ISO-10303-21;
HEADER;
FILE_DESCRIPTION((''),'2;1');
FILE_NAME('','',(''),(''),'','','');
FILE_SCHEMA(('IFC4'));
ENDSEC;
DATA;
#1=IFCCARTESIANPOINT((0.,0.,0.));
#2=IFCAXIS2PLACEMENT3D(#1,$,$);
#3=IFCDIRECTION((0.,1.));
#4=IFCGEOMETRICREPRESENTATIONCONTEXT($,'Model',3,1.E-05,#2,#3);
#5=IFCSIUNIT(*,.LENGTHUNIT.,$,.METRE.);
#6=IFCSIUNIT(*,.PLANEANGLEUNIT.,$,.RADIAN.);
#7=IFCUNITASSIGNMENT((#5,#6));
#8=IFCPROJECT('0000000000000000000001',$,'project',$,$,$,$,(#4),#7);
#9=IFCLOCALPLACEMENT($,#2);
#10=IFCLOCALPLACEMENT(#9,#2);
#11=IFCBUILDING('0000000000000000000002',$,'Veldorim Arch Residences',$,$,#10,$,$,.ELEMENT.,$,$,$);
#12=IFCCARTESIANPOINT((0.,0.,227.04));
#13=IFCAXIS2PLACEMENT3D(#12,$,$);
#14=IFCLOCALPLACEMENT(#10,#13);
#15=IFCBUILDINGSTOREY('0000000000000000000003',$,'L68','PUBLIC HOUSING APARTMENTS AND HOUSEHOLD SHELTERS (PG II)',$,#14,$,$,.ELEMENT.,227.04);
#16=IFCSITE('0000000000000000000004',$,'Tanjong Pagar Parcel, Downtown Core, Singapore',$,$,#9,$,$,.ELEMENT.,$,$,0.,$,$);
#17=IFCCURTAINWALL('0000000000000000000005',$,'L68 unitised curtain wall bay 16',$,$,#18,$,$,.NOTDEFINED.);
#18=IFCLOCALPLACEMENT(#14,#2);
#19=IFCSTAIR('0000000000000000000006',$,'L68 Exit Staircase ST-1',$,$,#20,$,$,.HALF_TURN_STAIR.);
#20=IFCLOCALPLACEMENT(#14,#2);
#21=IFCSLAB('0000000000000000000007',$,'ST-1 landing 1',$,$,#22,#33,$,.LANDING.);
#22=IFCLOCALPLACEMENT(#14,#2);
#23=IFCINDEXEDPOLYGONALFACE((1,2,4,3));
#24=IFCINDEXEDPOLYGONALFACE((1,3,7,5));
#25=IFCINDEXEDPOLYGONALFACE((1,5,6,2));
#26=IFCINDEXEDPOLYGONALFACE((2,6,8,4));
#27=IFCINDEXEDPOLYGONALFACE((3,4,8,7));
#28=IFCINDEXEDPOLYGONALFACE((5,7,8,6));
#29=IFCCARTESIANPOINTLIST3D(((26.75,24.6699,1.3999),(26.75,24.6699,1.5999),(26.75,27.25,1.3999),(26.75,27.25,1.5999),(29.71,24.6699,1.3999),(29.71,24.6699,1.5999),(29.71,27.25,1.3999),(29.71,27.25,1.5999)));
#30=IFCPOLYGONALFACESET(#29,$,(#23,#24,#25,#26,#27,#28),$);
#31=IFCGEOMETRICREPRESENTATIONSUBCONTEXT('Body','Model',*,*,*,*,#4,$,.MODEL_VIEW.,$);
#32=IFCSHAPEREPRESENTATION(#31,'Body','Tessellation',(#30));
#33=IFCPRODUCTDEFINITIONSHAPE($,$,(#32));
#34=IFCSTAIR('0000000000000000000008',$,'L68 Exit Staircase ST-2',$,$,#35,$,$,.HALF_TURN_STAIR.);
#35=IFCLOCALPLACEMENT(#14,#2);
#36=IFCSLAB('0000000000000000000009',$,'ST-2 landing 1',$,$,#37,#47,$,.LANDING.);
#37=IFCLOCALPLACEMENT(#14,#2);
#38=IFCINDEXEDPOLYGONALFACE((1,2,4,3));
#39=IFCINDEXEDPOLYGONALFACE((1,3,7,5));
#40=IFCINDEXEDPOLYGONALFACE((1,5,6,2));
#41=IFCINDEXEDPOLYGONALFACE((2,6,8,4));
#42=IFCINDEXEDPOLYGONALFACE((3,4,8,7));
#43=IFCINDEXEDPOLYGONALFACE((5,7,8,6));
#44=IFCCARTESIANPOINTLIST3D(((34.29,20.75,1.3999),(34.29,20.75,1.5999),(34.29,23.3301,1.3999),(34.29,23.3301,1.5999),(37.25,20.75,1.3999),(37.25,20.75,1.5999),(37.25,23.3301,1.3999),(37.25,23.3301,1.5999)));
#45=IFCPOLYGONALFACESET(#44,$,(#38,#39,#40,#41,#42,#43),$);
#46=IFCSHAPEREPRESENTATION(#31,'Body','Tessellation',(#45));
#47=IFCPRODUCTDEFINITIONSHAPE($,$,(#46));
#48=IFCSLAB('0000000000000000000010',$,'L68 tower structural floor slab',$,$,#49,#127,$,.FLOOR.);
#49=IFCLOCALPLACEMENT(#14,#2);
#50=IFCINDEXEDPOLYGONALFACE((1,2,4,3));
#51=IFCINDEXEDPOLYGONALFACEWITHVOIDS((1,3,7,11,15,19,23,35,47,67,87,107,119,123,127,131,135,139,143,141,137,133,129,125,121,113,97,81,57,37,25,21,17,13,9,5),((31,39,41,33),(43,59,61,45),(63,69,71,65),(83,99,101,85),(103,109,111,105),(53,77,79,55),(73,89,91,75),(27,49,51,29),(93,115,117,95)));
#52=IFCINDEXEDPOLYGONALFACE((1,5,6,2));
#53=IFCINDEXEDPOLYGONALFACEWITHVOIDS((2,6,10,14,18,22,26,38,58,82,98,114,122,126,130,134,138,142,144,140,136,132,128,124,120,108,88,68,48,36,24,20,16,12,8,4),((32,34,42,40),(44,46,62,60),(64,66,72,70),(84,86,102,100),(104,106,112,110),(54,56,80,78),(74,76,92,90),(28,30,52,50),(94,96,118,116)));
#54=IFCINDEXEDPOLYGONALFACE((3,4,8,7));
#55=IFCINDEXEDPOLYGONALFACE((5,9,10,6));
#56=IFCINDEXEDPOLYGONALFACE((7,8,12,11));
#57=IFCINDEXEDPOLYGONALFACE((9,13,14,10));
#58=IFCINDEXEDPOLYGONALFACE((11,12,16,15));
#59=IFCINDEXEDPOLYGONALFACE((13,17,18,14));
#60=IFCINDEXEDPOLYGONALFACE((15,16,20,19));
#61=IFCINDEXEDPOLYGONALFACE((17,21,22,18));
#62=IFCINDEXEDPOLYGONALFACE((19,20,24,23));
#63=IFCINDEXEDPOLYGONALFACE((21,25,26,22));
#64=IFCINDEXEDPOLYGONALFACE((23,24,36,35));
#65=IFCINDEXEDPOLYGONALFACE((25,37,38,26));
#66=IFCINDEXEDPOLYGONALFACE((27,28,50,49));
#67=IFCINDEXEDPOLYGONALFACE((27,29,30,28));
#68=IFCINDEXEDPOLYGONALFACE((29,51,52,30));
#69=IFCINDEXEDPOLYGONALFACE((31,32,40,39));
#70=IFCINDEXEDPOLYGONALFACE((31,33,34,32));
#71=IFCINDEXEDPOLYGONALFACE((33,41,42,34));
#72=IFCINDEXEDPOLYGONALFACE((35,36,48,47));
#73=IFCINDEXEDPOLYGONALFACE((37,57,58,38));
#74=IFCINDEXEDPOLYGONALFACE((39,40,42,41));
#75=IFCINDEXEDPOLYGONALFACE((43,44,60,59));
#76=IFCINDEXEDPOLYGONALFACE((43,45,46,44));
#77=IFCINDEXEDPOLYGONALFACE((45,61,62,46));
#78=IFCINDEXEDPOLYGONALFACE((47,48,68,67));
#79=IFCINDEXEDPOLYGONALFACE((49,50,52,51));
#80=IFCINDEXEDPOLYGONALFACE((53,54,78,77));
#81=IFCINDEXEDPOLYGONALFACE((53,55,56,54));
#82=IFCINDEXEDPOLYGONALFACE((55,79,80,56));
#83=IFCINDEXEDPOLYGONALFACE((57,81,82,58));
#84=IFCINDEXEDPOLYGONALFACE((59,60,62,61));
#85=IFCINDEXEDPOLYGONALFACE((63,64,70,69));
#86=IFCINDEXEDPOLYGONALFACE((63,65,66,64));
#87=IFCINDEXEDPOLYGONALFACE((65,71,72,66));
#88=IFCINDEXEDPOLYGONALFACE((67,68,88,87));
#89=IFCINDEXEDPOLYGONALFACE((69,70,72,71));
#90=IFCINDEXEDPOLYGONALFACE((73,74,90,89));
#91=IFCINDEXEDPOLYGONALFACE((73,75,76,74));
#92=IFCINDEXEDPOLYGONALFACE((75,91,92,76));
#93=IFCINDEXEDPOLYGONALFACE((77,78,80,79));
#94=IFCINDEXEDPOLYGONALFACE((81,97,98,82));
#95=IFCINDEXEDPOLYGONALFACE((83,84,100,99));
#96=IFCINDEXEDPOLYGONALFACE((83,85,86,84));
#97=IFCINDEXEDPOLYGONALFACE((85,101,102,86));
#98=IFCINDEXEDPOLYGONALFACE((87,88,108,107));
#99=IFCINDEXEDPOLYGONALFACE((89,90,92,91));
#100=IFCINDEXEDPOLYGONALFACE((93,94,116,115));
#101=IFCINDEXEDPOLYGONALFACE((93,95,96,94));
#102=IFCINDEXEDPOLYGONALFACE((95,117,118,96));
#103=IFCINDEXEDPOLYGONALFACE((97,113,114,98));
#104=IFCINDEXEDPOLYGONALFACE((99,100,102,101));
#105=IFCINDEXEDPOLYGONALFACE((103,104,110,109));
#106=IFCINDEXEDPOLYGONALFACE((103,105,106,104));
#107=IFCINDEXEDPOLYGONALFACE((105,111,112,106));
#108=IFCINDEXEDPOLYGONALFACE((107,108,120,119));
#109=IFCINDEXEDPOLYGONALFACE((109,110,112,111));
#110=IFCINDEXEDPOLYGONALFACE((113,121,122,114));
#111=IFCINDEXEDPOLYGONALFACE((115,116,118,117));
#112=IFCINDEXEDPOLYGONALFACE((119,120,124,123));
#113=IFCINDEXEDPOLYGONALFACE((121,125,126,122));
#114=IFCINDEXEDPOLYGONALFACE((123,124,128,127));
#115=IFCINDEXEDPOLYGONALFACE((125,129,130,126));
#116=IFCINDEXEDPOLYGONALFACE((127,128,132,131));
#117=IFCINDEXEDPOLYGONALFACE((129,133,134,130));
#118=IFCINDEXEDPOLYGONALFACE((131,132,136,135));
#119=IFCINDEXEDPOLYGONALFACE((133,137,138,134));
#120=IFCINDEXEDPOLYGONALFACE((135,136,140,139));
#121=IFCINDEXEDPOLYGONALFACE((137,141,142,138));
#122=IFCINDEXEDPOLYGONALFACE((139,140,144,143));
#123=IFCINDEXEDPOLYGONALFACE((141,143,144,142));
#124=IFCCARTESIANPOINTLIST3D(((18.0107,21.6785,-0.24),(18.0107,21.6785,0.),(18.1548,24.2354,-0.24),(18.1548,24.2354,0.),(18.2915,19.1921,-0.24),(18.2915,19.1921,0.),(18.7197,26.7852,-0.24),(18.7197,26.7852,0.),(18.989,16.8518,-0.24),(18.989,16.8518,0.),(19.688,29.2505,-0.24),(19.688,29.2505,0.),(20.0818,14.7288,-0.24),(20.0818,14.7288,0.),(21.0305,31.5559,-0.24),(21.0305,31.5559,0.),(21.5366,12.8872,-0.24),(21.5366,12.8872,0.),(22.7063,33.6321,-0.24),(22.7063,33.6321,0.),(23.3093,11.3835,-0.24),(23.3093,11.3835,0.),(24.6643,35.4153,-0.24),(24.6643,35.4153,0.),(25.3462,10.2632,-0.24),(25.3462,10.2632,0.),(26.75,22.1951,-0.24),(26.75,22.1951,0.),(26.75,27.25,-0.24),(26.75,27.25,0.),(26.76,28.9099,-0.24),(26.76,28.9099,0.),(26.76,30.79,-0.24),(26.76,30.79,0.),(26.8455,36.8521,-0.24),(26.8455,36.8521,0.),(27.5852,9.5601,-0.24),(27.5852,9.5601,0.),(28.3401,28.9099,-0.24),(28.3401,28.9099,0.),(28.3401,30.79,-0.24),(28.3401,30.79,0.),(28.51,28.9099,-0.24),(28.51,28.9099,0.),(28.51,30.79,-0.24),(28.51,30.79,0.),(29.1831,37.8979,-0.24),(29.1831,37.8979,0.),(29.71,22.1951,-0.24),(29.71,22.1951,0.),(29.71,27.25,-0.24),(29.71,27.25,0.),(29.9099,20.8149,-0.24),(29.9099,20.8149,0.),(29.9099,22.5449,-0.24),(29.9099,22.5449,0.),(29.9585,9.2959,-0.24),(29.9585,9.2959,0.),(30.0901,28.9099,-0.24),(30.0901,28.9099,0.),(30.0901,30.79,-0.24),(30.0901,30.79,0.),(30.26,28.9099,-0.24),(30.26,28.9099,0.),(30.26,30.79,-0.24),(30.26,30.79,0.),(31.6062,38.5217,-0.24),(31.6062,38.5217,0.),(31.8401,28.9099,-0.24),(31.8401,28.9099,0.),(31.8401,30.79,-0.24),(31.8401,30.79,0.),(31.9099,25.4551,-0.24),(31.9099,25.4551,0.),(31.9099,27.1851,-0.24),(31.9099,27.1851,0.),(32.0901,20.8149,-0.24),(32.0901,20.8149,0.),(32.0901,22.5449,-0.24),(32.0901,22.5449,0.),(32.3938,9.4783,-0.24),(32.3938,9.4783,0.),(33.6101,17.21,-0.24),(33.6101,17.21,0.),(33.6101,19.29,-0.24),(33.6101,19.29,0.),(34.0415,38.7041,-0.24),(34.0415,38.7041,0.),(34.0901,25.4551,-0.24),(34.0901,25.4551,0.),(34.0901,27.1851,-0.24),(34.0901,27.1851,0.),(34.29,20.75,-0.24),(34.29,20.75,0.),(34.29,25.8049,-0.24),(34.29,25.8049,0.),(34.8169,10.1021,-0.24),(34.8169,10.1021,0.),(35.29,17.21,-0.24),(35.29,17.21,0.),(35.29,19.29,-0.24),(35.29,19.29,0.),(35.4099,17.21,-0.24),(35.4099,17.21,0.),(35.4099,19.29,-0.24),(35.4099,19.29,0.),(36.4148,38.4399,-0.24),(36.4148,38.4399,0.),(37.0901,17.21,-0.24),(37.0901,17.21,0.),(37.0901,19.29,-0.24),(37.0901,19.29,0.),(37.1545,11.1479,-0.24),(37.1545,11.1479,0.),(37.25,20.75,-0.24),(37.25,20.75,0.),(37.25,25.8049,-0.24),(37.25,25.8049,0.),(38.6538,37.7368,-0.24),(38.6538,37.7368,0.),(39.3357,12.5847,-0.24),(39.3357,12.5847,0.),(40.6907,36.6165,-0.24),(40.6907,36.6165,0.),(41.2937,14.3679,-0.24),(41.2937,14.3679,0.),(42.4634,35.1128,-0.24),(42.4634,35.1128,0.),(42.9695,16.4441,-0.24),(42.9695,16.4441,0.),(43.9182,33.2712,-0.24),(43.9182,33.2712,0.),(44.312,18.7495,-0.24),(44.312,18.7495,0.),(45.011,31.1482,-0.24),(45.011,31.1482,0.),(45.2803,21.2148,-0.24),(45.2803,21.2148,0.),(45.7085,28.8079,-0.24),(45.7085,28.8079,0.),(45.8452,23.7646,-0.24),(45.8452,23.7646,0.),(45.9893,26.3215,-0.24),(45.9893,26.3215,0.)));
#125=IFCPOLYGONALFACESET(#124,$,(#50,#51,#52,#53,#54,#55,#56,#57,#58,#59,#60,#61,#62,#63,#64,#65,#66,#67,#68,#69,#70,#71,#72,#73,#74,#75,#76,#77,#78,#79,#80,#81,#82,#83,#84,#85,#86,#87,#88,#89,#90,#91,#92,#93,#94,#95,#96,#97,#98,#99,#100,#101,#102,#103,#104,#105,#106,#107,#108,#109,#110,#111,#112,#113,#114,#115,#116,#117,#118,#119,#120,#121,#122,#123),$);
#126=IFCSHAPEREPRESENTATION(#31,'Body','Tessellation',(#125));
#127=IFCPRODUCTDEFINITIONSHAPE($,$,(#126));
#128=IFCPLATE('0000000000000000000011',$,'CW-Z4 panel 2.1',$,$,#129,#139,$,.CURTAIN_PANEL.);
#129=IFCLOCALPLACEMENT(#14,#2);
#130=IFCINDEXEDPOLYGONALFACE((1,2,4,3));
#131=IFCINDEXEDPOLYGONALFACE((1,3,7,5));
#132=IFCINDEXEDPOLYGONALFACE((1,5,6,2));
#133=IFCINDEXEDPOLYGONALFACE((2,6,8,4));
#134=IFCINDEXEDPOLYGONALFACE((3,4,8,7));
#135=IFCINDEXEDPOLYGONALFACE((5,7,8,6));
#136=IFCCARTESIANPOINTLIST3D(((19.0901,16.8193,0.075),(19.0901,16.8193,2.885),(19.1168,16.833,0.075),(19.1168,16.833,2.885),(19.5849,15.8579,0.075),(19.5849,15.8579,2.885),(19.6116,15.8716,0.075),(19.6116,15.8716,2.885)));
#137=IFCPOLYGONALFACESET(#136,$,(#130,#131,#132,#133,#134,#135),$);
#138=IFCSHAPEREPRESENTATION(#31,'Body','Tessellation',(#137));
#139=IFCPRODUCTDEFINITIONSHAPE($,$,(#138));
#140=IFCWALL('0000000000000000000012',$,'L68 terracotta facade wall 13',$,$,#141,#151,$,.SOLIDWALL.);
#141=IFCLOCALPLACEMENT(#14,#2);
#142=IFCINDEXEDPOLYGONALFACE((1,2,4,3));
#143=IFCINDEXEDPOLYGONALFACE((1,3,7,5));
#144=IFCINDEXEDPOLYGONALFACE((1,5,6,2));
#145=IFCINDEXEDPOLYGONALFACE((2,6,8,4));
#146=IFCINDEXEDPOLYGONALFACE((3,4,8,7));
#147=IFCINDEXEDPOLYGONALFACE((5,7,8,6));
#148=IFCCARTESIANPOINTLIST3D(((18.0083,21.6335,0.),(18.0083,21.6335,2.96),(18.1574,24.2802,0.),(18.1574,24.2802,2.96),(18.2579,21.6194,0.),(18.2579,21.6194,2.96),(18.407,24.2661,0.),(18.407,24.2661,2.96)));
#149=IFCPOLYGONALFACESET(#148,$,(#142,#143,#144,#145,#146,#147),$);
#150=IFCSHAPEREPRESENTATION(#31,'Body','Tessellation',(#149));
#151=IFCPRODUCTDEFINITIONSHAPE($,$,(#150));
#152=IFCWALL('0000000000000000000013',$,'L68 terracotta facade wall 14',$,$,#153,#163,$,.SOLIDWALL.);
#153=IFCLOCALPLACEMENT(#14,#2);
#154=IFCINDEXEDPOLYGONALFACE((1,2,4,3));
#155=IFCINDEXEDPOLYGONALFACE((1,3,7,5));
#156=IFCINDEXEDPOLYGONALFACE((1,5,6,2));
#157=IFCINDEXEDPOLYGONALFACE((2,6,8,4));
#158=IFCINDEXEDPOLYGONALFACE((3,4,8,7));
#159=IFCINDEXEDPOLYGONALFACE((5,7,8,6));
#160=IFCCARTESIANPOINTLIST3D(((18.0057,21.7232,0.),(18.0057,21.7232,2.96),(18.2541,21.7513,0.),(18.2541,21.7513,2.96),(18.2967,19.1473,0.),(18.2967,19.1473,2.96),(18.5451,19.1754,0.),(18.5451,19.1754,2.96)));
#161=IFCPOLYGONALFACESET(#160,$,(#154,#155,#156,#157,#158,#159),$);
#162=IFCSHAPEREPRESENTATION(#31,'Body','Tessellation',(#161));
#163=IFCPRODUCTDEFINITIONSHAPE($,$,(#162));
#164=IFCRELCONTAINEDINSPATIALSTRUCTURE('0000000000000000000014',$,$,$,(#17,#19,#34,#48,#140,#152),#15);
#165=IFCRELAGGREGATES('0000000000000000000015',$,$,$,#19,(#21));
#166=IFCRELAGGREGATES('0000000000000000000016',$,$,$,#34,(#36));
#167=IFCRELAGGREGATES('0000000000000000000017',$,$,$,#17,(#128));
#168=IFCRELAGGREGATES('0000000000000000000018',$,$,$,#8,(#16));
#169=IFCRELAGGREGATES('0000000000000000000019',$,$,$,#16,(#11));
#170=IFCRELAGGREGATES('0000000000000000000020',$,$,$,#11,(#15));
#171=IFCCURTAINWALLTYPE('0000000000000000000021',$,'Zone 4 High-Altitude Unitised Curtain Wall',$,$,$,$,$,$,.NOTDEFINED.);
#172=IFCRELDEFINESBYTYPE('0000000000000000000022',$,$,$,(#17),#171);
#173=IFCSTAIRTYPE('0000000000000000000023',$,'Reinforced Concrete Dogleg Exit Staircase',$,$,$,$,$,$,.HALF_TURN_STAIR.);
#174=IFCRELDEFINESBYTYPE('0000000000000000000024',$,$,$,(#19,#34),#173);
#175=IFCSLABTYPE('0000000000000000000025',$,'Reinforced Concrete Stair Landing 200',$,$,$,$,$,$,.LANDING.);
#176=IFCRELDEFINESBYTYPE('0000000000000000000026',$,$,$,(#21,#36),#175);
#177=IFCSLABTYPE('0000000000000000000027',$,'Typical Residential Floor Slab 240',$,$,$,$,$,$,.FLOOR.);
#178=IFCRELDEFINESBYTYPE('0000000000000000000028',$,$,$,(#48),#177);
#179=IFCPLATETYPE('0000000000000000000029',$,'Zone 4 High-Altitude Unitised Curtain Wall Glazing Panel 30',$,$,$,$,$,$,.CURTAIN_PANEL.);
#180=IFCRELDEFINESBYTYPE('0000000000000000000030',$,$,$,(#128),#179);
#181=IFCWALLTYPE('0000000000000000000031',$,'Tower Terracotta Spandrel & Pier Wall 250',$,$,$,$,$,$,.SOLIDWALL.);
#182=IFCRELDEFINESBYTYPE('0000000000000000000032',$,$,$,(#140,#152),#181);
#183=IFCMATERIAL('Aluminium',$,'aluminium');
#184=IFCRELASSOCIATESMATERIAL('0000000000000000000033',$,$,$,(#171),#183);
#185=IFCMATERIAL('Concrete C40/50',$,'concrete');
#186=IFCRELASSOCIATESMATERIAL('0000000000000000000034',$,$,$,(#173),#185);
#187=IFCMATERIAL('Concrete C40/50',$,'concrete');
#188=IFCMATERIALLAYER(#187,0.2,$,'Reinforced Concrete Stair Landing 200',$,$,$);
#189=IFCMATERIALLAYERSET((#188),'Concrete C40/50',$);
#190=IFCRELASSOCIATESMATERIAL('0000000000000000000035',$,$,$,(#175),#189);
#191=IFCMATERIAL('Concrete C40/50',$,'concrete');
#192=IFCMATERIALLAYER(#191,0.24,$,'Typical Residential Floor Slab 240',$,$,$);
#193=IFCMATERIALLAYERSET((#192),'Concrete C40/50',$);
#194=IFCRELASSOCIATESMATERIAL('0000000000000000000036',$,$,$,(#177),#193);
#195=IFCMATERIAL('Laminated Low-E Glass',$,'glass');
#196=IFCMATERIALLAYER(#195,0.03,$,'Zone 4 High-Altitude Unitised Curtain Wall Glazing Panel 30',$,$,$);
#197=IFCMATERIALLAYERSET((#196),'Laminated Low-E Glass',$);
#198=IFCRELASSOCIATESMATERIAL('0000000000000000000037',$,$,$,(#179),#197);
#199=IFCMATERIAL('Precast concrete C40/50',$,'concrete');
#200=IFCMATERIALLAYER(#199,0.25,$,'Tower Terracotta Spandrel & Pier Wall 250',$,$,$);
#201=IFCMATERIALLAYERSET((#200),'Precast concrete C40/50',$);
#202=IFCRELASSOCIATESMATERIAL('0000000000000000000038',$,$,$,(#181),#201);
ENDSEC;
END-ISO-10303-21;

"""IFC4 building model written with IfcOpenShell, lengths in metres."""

from ifc_helpers import new_model, si_unit, direction, frame, frame_2d, origin, origin_2d, place, context, subcontext, project, spatial, polyline, rectangle, outline, extrude, material, layer, layer_set, type_object, element, aggregate, save


model = new_model("IFC4")

# Units and contexts
model_context = context("Model", 3, precision=1e-05, world=origin(), true_north=direction((0.0, 1.0)))
body_context = subcontext(model_context, "Body", "Model", "MODEL_VIEW")
ifc_project = project(units=[si_unit("LENGTHUNIT", "METRE"), si_unit("PLANEANGLEUNIT", "RADIAN")], contexts=[model_context])

# Site, building, storey
site_placement = place(None, origin())
site = spatial("IfcSite", under=ifc_project, at=site_placement, Name="Tanjong Pagar Parcel, Downtown Core, Singapore", CompositionType="ELEMENT", RefElevation=0.0)
building_placement = place(site_placement, origin())
building = spatial("IfcBuilding", under=site, at=building_placement, Name="Veldorim Arch Residences", CompositionType="ELEMENT")
storey_placement = place(building_placement, frame((0.0, 0.0, 227.04)))
storey = spatial("IfcBuildingStorey", under=building, at=storey_placement, Name="L68", Description="PUBLIC HOUSING APARTMENTS AND HOUSEHOLD SHELTERS (PG II)", CompositionType="ELEMENT", Elevation=227.04)

# Curtain wall
ifc_material_1 = material(Name="Aluminium", Category="aluminium")
curtain_wall_type = type_object("IfcCurtainWallType", Name="Zone 4 High-Altitude Unitised Curtain Wall", PredefinedType="NOTDEFINED", material=ifc_material_1)
curtain_wall_placement = place(storey_placement, origin())
curtain_wall = element("IfcCurtainWall", 1, at=curtain_wall_placement, inside=storey, type_object=curtain_wall_type, Name="L68 unitised curtain wall bay 16", PredefinedType="NOTDEFINED")

# Stairs, slabs
ifc_material_2 = material(Name="Concrete C40/50", Category="concrete")
stair_type = type_object("IfcStairType", Name="Reinforced Concrete Dogleg Exit Staircase", PredefinedType="HALF_TURN_STAIR", material=ifc_material_2)
stair_1_placement = place(storey_placement, origin())
stair_1 = element("IfcStair", 2, at=stair_1_placement, inside=storey, type_object=stair_type, Name="L68 Exit Staircase ST-1", PredefinedType="HALF_TURN_STAIR")
ifc_material_3 = material(Name="Concrete C40/50", Category="concrete")
ifc_layer_1 = layer(ifc_material_3, 0.2, Name="Reinforced Concrete Stair Landing 200")
ifc_layer_set_1 = layer_set([ifc_layer_1], Name="Concrete C40/50")
slab_type_1 = type_object("IfcSlabType", Name="Reinforced Concrete Stair Landing 200", PredefinedType="LANDING", material=ifc_layer_set_1)
slab_1_placement = place(storey_placement, frame((0.0, 0.0, 1.3999)))
slab_1 = element("IfcSlab", 3, at=slab_1_placement, type_object=slab_type_1, Name="ST-1 landing 1", PredefinedType="LANDING", context=body_context, shape_type="SweptSolid", body=[
    extrude(outline(polyline([(29.71, 24.6699), (29.71, 27.25), (26.75, 27.25), (26.75, 24.6699), (29.71, 24.6699)])), origin(), (0.0, 0.0, 1.0), 0.2),
])
aggregate(stair_1, [slab_1])
stair_2_placement = place(storey_placement, origin())
stair_2 = element("IfcStair", 4, at=stair_2_placement, inside=storey, type_object=stair_type, Name="L68 Exit Staircase ST-2", PredefinedType="HALF_TURN_STAIR")
slab_2_placement = place(storey_placement, frame((0.0, 0.0, 1.3999)))
slab_2 = element("IfcSlab", 5, at=slab_2_placement, type_object=slab_type_1, Name="ST-2 landing 1", PredefinedType="LANDING", context=body_context, shape_type="SweptSolid", body=[
    extrude(outline(polyline([(34.29, 23.3301), (34.29, 20.75), (37.25, 20.75), (37.25, 23.3301), (34.29, 23.3301)])), origin(), (0.0, 0.0, 1.0), 0.2),
])
aggregate(stair_2, [slab_2])

# Slab
ifc_material_4 = material(Name="Concrete C40/50", Category="concrete")
ifc_layer_2 = layer(ifc_material_4, 0.24, Name="Typical Residential Floor Slab 240")
ifc_layer_set_2 = layer_set([ifc_layer_2], Name="Concrete C40/50")
slab_type_2 = type_object("IfcSlabType", Name="Typical Residential Floor Slab 240", PredefinedType="FLOOR", material=ifc_layer_set_2)
slab_3_placement = place(storey_placement, frame((0.0, 0.0, -0.24)))
element("IfcSlab", 6, at=slab_3_placement, inside=storey, type_object=slab_type_2, Name="L68 tower structural floor slab", PredefinedType="FLOOR", context=body_context, shape_type="SweptSolid", body=[
    extrude(outline(polyline([(40.6907, 36.6165), (38.6538, 37.7368), (36.4148, 38.4399), (34.0415, 38.7041), (31.6062, 38.5217), (29.1831, 37.8979), (26.8455, 36.8521), (24.6643, 35.4153), (22.7063, 33.6321), (21.0305, 31.5559), (19.688, 29.2505), (18.7197, 26.7852), (18.1548, 24.2354), (18.0107, 21.6785), (18.2915, 19.1921), (18.989, 16.8518), (20.0818, 14.7288), (21.5366, 12.8872), (23.3093, 11.3835), (25.3462, 10.2632), (27.5852, 9.5601), (29.9585, 9.2959), (32.3938, 9.4783), (34.8169, 10.1021), (37.1545, 11.1479), (39.3357, 12.5847), (41.2937, 14.3679), (42.9695, 16.4441), (44.312, 18.7495), (45.2803, 21.2148), (45.8452, 23.7646), (45.9893, 26.3215), (45.7085, 28.8079), (45.011, 31.1482), (43.9182, 33.2712), (42.4634, 35.1128), (40.6907, 36.6165)]), holes=[polyline([(33.6101, 17.21), (33.6101, 19.29), (35.29, 19.29), (35.29, 17.21), (33.6101, 17.21)]), polyline([(35.4099, 17.21), (35.4099, 19.29), (37.0901, 19.29), (37.0901, 17.21), (35.4099, 17.21)]), polyline([(29.9099, 20.8149), (29.9099, 22.5449), (32.0901, 22.5449), (32.0901, 20.8149), (29.9099, 20.8149)]), polyline([(34.29, 20.75), (34.29, 25.8049), (37.25, 25.8049), (37.25, 20.75), (34.29, 20.75)]), polyline([(26.75, 22.1951), (26.75, 27.25), (29.71, 27.25), (29.71, 22.1951), (26.75, 22.1951)]), polyline([(31.9099, 25.4551), (31.9099, 27.1851), (34.0901, 27.1851), (34.0901, 25.4551), (31.9099, 25.4551)]), polyline([(26.76, 28.9099), (26.76, 30.79), (28.3401, 30.79), (28.3401, 28.9099), (26.76, 28.9099)]), polyline([(28.51, 30.79), (30.0901, 30.79), (30.0901, 28.9099), (28.51, 28.9099), (28.51, 30.79)]), polyline([(30.26, 30.79), (31.8401, 30.79), (31.8401, 28.9099), (30.26, 28.9099), (30.26, 30.79)])]), origin(), (0.0, 0.0, 1.0), 0.24),
])

# Plate
ifc_material_5 = material(Name="Laminated Low-E Glass", Category="glass")
ifc_layer_3 = layer(ifc_material_5, 0.03, Name="Zone 4 High-Altitude Unitised Curtain Wall Glazing Panel 30")
ifc_layer_set_3 = layer_set([ifc_layer_3], Name="Laminated Low-E Glass")
plate_type = type_object("IfcPlateType", Name="Zone 4 High-Altitude Unitised Curtain Wall Glazing Panel 30", PredefinedType="CURTAIN_PANEL", material=ifc_layer_set_3)
plate_placement = place(storey_placement, frame((19.3508, 16.3455, 0.075), z_axis=(0.0, 0.0, 1.0), x_axis=(-0.457653, 0.889131, 0.0)))
plate = element("IfcPlate", 7, at=plate_placement, type_object=plate_type, Name="CW-Z4 panel 2.1", PredefinedType="CURTAIN_PANEL", context=body_context, shape_type="SweptSolid", body=[
    extrude(rectangle(XDim=1.0813, YDim=0.03, at=origin_2d()), origin(), (0.0, 0.0, 1.0), 2.8101),
])
aggregate(curtain_wall, [plate])

# Walls
ifc_material_6 = material(Name="Precast concrete C40/50", Category="concrete")
ifc_layer_4 = layer(ifc_material_6, 0.25, Name="Tower Terracotta Spandrel & Pier Wall 250")
ifc_layer_set_4 = layer_set([ifc_layer_4], Name="Precast concrete C40/50")
wall_type = type_object("IfcWallType", Name="Tower Terracotta Spandrel & Pier Wall 250", PredefinedType="SOLIDWALL", material=ifc_layer_set_4)
wall_1_placement = place(storey_placement, frame((18.1331, 21.6265, 0.0), z_axis=(0.0, 0.0, 1.0), x_axis=(0.056271, 0.998416, 0.0)))
element("IfcWall", 8, at=wall_1_placement, inside=storey, type_object=wall_type, Name="L68 terracotta facade wall 13", PredefinedType="SOLIDWALL", context=body_context, shape_type="SweptSolid", body=[
    extrude(rectangle(XDim=2.6509, YDim=0.25, at=frame_2d((1.3254, 0.0))), origin(), (0.0, 0.0, 1.0), 2.96),
])
wall_2_placement = place(storey_placement, frame((18.4209, 19.1614, 0.0), z_axis=(0.0, 0.0, 1.0), x_axis=(-0.112261, 0.993679, 0.0)))
element("IfcWall", 9, at=wall_2_placement, inside=storey, type_object=wall_type, Name="L68 terracotta facade wall 14", PredefinedType="SOLIDWALL", context=body_context, shape_type="SweptSolid", body=[
    extrude(rectangle(XDim=2.5923, YDim=0.25, at=frame_2d((1.2961, 0.0))), origin(), (0.0, 0.0, 1.0), 2.96),
])

save(model, "model.ifc")
